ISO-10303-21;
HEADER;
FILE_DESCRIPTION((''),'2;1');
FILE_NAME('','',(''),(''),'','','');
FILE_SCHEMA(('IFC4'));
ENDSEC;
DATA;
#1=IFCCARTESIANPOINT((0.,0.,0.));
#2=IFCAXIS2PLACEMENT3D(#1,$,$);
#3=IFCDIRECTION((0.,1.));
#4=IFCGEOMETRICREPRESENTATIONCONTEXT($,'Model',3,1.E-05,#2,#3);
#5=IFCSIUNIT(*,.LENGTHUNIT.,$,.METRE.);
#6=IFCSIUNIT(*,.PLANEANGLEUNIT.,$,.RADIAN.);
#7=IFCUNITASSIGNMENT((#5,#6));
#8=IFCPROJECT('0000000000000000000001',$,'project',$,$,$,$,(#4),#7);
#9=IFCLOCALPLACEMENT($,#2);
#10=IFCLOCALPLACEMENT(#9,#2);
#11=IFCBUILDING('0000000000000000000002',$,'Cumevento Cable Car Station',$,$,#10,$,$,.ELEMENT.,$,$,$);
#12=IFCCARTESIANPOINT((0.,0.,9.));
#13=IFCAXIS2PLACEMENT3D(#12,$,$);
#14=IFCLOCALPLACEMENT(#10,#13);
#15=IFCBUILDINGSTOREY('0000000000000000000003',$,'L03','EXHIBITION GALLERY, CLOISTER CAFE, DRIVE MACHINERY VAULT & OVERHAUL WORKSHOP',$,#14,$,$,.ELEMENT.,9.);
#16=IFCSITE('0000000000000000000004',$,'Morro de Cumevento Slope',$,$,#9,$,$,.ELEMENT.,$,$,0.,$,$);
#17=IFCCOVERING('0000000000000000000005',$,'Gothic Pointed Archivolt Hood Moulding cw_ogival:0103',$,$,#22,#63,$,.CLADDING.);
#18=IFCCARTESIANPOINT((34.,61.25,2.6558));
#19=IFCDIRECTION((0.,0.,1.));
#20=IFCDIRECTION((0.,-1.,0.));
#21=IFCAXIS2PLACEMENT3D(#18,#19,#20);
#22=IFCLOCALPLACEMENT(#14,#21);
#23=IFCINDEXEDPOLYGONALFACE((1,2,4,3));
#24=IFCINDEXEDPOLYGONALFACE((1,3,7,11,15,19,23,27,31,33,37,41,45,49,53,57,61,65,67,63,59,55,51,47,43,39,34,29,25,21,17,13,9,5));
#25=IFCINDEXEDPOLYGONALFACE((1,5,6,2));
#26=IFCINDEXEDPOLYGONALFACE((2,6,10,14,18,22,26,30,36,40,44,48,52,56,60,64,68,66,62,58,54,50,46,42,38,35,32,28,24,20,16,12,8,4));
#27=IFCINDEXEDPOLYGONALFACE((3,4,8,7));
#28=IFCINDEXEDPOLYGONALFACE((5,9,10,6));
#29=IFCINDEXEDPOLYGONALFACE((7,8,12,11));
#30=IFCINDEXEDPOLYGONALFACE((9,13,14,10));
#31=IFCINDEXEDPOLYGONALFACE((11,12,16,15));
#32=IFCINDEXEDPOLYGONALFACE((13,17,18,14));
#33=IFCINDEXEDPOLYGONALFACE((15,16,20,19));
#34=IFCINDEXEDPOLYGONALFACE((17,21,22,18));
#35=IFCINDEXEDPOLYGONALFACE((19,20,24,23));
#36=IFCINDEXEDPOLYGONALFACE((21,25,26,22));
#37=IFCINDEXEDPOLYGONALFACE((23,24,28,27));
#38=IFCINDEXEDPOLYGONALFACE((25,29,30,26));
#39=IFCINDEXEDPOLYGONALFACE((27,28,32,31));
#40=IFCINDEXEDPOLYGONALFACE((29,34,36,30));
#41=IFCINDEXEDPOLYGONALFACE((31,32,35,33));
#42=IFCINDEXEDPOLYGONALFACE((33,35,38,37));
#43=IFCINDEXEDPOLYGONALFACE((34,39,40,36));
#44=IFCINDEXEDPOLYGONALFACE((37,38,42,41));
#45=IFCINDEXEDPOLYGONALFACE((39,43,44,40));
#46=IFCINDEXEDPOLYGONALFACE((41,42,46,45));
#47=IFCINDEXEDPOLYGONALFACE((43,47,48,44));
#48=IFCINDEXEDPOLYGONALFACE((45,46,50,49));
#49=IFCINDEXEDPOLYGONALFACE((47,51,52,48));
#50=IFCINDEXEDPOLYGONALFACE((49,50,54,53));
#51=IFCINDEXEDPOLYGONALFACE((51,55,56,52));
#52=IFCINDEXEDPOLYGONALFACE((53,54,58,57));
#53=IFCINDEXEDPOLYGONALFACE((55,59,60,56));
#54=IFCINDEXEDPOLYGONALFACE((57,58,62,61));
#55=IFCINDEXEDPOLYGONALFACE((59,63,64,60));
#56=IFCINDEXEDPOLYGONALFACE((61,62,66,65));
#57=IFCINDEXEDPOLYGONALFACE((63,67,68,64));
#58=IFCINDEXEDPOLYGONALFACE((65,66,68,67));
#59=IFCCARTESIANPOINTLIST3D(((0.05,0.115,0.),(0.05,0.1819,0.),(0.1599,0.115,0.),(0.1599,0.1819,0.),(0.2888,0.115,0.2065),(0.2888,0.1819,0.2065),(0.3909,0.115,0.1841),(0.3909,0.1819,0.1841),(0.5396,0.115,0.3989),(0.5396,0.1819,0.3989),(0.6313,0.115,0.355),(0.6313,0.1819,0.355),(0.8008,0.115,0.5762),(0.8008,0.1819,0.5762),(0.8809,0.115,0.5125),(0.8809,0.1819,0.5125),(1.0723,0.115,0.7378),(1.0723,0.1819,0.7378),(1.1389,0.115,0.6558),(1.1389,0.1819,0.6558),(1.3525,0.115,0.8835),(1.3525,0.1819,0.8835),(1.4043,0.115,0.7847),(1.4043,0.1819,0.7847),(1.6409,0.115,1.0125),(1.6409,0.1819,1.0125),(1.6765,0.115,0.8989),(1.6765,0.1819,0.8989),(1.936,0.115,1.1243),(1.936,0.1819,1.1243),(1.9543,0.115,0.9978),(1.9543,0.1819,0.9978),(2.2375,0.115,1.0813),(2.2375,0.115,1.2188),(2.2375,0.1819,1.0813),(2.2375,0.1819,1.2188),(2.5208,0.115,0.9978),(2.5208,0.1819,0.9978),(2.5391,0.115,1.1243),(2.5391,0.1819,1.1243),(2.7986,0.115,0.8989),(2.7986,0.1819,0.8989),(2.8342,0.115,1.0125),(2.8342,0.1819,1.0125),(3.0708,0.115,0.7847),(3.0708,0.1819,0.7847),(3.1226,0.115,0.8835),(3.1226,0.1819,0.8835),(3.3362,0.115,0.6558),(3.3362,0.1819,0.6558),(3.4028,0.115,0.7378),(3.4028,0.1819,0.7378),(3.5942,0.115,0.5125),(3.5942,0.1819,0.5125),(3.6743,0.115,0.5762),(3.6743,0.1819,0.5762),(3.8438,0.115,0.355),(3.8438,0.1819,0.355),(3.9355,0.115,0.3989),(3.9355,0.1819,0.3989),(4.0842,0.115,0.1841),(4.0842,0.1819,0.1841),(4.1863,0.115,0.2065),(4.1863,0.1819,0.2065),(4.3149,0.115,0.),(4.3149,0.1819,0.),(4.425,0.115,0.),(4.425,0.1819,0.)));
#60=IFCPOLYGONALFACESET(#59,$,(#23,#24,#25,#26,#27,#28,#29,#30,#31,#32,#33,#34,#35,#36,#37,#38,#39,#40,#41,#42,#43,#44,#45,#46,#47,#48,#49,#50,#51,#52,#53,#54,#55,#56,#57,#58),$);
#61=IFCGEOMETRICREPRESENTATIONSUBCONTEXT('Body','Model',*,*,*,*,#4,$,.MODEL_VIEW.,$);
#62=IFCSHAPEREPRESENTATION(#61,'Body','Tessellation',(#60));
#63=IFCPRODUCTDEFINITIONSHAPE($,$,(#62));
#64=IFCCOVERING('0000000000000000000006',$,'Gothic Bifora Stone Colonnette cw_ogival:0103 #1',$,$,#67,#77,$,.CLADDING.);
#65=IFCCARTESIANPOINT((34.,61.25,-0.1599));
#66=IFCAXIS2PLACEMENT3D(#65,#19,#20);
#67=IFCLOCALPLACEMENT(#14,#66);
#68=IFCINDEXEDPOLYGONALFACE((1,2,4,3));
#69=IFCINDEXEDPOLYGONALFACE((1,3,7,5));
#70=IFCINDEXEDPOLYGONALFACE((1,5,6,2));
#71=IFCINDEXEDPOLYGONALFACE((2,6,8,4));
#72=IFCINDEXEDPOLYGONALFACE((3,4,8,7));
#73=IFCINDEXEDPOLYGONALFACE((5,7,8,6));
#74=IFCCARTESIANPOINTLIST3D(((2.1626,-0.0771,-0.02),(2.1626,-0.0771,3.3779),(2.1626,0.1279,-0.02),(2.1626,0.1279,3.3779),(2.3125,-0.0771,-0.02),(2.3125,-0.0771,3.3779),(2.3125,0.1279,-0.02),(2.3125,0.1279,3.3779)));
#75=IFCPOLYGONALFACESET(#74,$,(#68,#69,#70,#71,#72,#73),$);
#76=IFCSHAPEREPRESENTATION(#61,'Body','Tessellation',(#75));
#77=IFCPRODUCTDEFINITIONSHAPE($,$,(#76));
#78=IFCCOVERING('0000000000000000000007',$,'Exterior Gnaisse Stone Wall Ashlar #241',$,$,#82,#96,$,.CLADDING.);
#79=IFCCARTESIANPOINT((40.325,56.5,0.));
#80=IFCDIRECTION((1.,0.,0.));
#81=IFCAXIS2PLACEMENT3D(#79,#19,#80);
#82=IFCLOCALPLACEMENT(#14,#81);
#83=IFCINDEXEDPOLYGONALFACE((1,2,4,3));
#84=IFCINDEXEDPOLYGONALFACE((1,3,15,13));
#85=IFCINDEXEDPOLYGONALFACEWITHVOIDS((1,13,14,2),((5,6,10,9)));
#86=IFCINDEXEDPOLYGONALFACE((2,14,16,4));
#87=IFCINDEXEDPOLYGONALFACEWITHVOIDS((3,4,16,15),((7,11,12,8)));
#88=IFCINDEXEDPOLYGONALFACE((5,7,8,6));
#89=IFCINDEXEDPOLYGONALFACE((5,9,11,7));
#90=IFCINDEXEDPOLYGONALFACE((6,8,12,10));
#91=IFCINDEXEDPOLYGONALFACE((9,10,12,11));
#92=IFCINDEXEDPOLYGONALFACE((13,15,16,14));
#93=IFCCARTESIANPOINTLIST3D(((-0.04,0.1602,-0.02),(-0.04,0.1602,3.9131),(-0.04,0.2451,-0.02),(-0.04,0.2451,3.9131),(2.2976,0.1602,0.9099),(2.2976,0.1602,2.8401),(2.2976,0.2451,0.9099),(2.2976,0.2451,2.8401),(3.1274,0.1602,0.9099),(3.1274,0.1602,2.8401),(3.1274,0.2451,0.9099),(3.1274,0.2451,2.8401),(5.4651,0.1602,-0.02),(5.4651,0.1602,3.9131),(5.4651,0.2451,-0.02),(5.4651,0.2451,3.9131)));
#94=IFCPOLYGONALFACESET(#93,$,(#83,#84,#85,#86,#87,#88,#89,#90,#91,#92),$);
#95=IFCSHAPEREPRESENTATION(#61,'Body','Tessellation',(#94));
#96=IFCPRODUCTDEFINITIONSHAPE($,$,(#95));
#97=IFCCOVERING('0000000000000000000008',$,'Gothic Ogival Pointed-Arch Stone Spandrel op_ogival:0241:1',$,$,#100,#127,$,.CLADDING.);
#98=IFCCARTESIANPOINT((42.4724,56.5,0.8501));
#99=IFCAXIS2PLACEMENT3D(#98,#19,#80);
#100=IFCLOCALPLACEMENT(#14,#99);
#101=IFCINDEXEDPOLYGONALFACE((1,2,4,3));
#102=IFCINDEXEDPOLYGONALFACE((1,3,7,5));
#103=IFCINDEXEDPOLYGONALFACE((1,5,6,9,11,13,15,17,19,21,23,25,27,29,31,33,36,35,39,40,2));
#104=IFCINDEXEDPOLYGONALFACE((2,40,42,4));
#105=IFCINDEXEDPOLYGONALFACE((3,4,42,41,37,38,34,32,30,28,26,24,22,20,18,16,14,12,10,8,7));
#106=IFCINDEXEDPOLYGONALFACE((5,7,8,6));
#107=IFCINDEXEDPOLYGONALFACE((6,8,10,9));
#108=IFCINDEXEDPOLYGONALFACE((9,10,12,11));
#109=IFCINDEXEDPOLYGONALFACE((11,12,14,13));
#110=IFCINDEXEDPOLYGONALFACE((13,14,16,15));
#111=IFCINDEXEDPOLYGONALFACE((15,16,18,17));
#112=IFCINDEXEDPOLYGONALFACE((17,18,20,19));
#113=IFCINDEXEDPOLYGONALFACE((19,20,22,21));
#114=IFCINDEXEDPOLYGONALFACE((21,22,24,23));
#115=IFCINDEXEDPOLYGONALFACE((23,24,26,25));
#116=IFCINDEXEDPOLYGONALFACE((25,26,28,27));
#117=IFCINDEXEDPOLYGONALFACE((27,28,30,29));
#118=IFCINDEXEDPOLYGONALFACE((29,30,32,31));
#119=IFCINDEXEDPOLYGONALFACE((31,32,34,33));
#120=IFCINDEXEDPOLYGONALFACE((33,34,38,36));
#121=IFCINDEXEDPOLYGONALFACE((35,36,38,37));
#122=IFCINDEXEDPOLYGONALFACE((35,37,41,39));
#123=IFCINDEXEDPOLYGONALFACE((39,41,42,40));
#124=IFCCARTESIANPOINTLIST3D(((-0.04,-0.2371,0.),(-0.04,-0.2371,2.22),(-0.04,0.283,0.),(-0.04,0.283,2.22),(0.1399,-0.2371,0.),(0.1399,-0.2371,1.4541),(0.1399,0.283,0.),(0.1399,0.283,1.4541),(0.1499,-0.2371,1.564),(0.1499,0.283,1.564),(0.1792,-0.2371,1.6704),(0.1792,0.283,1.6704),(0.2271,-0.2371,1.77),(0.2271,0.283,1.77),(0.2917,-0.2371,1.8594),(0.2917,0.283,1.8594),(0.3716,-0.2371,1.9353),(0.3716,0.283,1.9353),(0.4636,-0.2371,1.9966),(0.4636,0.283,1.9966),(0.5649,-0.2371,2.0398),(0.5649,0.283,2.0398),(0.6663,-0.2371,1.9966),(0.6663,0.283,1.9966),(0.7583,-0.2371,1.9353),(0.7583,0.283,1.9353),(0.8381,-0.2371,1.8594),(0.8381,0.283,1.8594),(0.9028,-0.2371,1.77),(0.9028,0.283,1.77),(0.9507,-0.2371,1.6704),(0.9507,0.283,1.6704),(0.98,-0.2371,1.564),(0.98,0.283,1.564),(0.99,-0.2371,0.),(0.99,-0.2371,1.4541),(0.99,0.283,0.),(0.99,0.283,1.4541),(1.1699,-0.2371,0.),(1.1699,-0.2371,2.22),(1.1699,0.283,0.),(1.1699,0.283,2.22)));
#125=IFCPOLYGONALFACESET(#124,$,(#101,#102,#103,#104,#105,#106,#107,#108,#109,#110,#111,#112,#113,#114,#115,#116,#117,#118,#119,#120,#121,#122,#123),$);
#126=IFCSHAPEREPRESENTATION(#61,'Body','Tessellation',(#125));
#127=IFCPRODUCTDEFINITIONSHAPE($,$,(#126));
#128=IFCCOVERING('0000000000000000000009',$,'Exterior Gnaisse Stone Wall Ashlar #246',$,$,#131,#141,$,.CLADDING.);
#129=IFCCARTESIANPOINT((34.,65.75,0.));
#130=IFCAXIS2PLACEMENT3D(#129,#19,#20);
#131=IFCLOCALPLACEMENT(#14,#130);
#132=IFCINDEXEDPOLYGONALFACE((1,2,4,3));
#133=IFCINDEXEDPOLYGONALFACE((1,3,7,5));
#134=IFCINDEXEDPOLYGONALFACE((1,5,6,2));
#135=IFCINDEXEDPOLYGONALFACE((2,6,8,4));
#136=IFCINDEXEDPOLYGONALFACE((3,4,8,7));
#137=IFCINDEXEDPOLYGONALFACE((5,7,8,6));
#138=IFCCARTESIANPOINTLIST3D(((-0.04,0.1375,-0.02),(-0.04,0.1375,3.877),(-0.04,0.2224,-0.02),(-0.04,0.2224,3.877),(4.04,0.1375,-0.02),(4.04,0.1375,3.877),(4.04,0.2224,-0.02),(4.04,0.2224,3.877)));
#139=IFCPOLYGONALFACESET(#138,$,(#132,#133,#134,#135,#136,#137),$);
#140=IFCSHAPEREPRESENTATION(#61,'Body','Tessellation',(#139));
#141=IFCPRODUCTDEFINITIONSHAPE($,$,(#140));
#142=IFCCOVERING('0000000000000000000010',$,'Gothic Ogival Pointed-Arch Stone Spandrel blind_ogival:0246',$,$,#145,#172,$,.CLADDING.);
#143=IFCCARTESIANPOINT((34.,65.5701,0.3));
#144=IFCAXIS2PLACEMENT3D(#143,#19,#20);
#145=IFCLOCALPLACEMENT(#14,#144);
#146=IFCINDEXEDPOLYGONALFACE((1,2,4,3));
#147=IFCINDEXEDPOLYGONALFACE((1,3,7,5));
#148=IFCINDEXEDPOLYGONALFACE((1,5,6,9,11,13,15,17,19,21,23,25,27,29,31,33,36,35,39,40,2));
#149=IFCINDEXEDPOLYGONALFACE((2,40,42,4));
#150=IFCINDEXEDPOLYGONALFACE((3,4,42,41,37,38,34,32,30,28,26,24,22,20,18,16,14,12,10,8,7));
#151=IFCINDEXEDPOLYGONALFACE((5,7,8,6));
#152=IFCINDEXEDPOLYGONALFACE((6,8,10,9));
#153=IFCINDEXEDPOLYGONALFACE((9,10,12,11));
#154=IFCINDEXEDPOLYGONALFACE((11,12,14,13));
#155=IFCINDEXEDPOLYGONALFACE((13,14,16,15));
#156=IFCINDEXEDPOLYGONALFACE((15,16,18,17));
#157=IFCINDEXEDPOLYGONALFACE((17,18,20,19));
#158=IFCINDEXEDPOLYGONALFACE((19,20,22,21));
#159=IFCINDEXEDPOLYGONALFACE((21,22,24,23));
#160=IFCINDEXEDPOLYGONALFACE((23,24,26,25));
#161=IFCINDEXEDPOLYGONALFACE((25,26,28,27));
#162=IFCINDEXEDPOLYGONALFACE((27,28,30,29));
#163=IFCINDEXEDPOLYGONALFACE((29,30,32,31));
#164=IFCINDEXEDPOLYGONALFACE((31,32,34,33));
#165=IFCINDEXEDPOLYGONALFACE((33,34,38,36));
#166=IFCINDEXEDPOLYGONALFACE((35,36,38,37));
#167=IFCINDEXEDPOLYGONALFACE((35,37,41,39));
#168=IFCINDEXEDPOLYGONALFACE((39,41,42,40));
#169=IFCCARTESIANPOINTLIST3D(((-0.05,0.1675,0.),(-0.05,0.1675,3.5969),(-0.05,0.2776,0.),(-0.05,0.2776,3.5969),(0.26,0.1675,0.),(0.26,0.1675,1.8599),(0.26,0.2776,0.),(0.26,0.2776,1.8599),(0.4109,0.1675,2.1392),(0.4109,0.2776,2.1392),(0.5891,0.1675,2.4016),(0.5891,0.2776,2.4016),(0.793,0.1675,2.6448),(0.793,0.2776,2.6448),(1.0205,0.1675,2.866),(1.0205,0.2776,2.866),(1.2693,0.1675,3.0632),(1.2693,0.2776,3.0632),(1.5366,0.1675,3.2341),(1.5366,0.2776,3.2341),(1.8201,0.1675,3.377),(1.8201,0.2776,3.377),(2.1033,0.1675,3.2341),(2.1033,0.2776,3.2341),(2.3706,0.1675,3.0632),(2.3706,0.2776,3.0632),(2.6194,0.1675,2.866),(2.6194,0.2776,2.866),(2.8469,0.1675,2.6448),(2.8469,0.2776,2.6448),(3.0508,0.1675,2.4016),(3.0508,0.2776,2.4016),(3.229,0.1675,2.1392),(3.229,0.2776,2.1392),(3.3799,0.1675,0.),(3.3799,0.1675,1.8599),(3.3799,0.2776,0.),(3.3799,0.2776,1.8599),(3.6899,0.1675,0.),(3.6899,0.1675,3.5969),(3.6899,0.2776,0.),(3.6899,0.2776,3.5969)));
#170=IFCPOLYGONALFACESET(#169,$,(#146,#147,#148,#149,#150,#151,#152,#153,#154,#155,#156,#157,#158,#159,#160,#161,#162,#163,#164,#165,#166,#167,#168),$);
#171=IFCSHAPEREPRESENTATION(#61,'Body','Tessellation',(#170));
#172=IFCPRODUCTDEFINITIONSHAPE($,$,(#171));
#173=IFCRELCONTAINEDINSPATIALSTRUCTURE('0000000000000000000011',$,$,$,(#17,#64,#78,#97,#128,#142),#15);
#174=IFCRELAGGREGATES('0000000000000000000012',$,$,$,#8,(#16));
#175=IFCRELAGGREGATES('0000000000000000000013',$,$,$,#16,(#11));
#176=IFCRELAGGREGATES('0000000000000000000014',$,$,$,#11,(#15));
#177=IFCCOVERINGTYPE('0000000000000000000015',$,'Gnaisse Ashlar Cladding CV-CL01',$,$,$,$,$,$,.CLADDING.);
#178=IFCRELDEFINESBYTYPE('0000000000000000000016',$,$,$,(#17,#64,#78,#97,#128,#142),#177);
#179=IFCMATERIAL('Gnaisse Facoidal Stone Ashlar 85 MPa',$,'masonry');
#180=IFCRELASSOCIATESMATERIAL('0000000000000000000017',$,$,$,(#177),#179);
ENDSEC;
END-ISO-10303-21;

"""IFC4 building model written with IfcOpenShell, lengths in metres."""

from ifc_helpers import new_model, si_unit, direction, frame, origin, place, context, subcontext, project, spatial, polyline, outline, extrude, material, type_object, element, save


model = new_model("IFC4")

# Units and contexts
model_context = context("Model", 3, precision=1e-05, world=origin(), true_north=direction((0.0, 1.0)))
body_context = subcontext(model_context, "Body", "Model", "MODEL_VIEW")
ifc_project = project(units=[si_unit("LENGTHUNIT", "METRE"), si_unit("PLANEANGLEUNIT", "RADIAN")], contexts=[model_context])

# Site, building, storey
site_placement = place(None, origin())
site = spatial("IfcSite", under=ifc_project, at=site_placement, Name="Morro de Cumevento Slope", CompositionType="ELEMENT", RefElevation=0.0)
building_placement = place(site_placement, origin())
building = spatial("IfcBuilding", under=site, at=building_placement, Name="Cumevento Cable Car Station", CompositionType="ELEMENT")
storey_placement = place(building_placement, frame((0.0, 0.0, 9.0)))
storey = spatial("IfcBuildingStorey", under=building, at=storey_placement, Name="L03", Description="EXHIBITION GALLERY, CLOISTER CAFE, DRIVE MACHINERY VAULT & OVERHAUL WORKSHOP", CompositionType="ELEMENT", Elevation=9.0)

# Coverings
ifc_material_1 = material(Name="Gnaisse Facoidal Stone Ashlar 85 MPa", Category="masonry")
covering_type = type_object("IfcCoveringType", Name="Gnaisse Ashlar Cladding CV-CL01", PredefinedType="CLADDING", material=ifc_material_1)
covering_1_placement = place(storey_placement, frame((34.0, 61.25, 2.6558), z_axis=(0.0, 0.0, 1.0), x_axis=(0.0, -1.0, 0.0)))
element("IfcCovering", 1, at=covering_1_placement, inside=storey, type_object=covering_type, Name="Gothic Pointed Archivolt Hood Moulding cw_ogival:0103", PredefinedType="CLADDING", context=body_context, shape_type="SweptSolid", body=[
    extrude(outline(polyline([(0.1599, 0.0), (0.3909, 0.1841), (0.6313, 0.355), (0.8809, 0.5125), (1.1389, 0.6558), (1.4043, 0.7847), (1.6765, 0.8989), (1.9543, 0.9978), (2.2375, 1.0813), (2.5208, 0.9978), (2.7986, 0.8989), (3.0708, 0.7847), (3.3362, 0.6558), (3.5942, 0.5125), (3.8438, 0.355), (4.0842, 0.1841), (4.3149, 0.0), (4.425, 0.0), (4.1863, 0.2065), (3.9355, 0.3989), (3.6743, 0.5762), (3.4028, 0.7378), (3.1226, 0.8835), (2.8342, 1.0125), (2.5391, 1.1243), (2.2375, 1.2188), (1.936, 1.1243), (1.6409, 1.0125), (1.3525, 0.8835), (1.0723, 0.7378), (0.8008, 0.5762), (0.5396, 0.3989), (0.2888, 0.2065), (0.05, 0.0), (0.1599, 0.0)])), frame((0.0, 0.1819, 0.0), z_axis=(0.0, -1.0, 0.0), x_axis=(1.0, 0.0, 0.0)), (0.0, 0.0, 1.0), 0.0669),
])
covering_2_placement = place(storey_placement, frame((34.0, 61.25, -0.1599), z_axis=(0.0, 0.0, 1.0), x_axis=(0.0, -1.0, 0.0)))
element("IfcCovering", 2, at=covering_2_placement, inside=storey, type_object=covering_type, Name="Gothic Bifora Stone Colonnette cw_ogival:0103 #1", PredefinedType="CLADDING", context=body_context, shape_type="SweptSolid", body=[
    extrude(outline(polyline([(2.1626, -0.02), (2.3125, -0.02), (2.3125, 3.3779), (2.1626, 3.3779), (2.1626, -0.02)])), frame((0.0, 0.1279, 0.0), z_axis=(0.0, -1.0, 0.0), x_axis=(1.0, 0.0, 0.0)), (0.0, 0.0, 1.0), 0.2051),
])
covering_3_placement = place(storey_placement, frame((40.325, 56.5, 0.0), z_axis=(0.0, 0.0, 1.0), x_axis=(1.0, 0.0, 0.0)))
element("IfcCovering", 3, at=covering_3_placement, inside=storey, type_object=covering_type, Name="Exterior Gnaisse Stone Wall Ashlar #241", PredefinedType="CLADDING", context=body_context, shape_type="SweptSolid", body=[
    extrude(outline(polyline([(-0.04, -0.02), (5.4651, -0.02), (5.4651, 3.9131), (-0.04, 3.9131), (-0.04, -0.02)]), holes=[polyline([(2.2976, 0.9099), (3.1274, 0.9099), (3.1274, 2.8401), (2.2976, 2.8401), (2.2976, 0.9099)])]), frame((0.0, 0.2451, 0.0), z_axis=(0.0, -1.0, 0.0), x_axis=(1.0, 0.0, 0.0)), (0.0, 0.0, 1.0), 0.085),
])
covering_4_placement = place(storey_placement, frame((42.4724, 56.5, 0.8501), z_axis=(0.0, 0.0, 1.0), x_axis=(1.0, 0.0, 0.0)))
element("IfcCovering", 4, at=covering_4_placement, inside=storey, type_object=covering_type, Name="Gothic Ogival Pointed-Arch Stone Spandrel op_ogival:0241:1", PredefinedType="CLADDING", context=body_context, shape_type="SweptSolid", body=[
    extrude(outline(polyline([(-0.04, 0.0), (-0.04, 2.22), (1.1699, 2.22), (1.1699, 0.0), (0.99, 0.0), (0.99, 1.4541), (0.98, 1.564), (0.9507, 1.6704), (0.9028, 1.77), (0.8381, 1.8594), (0.7583, 1.9353), (0.6663, 1.9966), (0.5649, 2.0398), (0.4636, 1.9966), (0.3716, 1.9353), (0.2917, 1.8594), (0.2271, 1.77), (0.1792, 1.6704), (0.1499, 1.564), (0.1399, 1.4541), (0.1399, 0.0), (-0.04, 0.0)])), frame((0.0, 0.283, 0.0), z_axis=(0.0, -1.0, 0.0), x_axis=(1.0, 0.0, 0.0)), (0.0, 0.0, 1.0), 0.52),
])
covering_5_placement = place(storey_placement, frame((34.0, 65.75, 0.0), z_axis=(0.0, 0.0, 1.0), x_axis=(0.0, -1.0, 0.0)))
element("IfcCovering", 5, at=covering_5_placement, inside=storey, type_object=covering_type, Name="Exterior Gnaisse Stone Wall Ashlar #246", PredefinedType="CLADDING", context=body_context, shape_type="SweptSolid", body=[
    extrude(outline(polyline([(-0.04, -0.02), (4.04, -0.02), (4.04, 3.877), (-0.04, 3.877), (-0.04, -0.02)])), frame((0.0, 0.2224, 0.0), z_axis=(0.0, -1.0, 0.0), x_axis=(1.0, 0.0, 0.0)), (0.0, 0.0, 1.0), 0.085),
])
covering_6_placement = place(storey_placement, frame((34.0, 65.5701, 0.3), z_axis=(0.0, 0.0, 1.0), x_axis=(0.0, -1.0, 0.0)))
element("IfcCovering", 6, at=covering_6_placement, inside=storey, type_object=covering_type, Name="Gothic Ogival Pointed-Arch Stone Spandrel blind_ogival:0246", PredefinedType="CLADDING", context=body_context, shape_type="SweptSolid", body=[
    extrude(outline(polyline([(-0.05, 0.0), (-0.05, 3.5969), (3.6899, 3.5969), (3.6899, 0.0), (3.3799, 0.0), (3.3799, 1.8599), (3.229, 2.1392), (3.0508, 2.4016), (2.8469, 2.6448), (2.6194, 2.866), (2.3706, 3.0632), (2.1033, 3.2341), (1.8201, 3.377), (1.5366, 3.2341), (1.2693, 3.0632), (1.0205, 2.866), (0.793, 2.6448), (0.5891, 2.4016), (0.4109, 2.1392), (0.26, 1.8599), (0.26, 0.0), (-0.05, 0.0)])), frame((0.0, 0.2776, 0.0), z_axis=(0.0, -1.0, 0.0), x_axis=(1.0, 0.0, 0.0)), (0.0, 0.0, 1.0), 0.1101),
])

save(model, "model.ifc")
